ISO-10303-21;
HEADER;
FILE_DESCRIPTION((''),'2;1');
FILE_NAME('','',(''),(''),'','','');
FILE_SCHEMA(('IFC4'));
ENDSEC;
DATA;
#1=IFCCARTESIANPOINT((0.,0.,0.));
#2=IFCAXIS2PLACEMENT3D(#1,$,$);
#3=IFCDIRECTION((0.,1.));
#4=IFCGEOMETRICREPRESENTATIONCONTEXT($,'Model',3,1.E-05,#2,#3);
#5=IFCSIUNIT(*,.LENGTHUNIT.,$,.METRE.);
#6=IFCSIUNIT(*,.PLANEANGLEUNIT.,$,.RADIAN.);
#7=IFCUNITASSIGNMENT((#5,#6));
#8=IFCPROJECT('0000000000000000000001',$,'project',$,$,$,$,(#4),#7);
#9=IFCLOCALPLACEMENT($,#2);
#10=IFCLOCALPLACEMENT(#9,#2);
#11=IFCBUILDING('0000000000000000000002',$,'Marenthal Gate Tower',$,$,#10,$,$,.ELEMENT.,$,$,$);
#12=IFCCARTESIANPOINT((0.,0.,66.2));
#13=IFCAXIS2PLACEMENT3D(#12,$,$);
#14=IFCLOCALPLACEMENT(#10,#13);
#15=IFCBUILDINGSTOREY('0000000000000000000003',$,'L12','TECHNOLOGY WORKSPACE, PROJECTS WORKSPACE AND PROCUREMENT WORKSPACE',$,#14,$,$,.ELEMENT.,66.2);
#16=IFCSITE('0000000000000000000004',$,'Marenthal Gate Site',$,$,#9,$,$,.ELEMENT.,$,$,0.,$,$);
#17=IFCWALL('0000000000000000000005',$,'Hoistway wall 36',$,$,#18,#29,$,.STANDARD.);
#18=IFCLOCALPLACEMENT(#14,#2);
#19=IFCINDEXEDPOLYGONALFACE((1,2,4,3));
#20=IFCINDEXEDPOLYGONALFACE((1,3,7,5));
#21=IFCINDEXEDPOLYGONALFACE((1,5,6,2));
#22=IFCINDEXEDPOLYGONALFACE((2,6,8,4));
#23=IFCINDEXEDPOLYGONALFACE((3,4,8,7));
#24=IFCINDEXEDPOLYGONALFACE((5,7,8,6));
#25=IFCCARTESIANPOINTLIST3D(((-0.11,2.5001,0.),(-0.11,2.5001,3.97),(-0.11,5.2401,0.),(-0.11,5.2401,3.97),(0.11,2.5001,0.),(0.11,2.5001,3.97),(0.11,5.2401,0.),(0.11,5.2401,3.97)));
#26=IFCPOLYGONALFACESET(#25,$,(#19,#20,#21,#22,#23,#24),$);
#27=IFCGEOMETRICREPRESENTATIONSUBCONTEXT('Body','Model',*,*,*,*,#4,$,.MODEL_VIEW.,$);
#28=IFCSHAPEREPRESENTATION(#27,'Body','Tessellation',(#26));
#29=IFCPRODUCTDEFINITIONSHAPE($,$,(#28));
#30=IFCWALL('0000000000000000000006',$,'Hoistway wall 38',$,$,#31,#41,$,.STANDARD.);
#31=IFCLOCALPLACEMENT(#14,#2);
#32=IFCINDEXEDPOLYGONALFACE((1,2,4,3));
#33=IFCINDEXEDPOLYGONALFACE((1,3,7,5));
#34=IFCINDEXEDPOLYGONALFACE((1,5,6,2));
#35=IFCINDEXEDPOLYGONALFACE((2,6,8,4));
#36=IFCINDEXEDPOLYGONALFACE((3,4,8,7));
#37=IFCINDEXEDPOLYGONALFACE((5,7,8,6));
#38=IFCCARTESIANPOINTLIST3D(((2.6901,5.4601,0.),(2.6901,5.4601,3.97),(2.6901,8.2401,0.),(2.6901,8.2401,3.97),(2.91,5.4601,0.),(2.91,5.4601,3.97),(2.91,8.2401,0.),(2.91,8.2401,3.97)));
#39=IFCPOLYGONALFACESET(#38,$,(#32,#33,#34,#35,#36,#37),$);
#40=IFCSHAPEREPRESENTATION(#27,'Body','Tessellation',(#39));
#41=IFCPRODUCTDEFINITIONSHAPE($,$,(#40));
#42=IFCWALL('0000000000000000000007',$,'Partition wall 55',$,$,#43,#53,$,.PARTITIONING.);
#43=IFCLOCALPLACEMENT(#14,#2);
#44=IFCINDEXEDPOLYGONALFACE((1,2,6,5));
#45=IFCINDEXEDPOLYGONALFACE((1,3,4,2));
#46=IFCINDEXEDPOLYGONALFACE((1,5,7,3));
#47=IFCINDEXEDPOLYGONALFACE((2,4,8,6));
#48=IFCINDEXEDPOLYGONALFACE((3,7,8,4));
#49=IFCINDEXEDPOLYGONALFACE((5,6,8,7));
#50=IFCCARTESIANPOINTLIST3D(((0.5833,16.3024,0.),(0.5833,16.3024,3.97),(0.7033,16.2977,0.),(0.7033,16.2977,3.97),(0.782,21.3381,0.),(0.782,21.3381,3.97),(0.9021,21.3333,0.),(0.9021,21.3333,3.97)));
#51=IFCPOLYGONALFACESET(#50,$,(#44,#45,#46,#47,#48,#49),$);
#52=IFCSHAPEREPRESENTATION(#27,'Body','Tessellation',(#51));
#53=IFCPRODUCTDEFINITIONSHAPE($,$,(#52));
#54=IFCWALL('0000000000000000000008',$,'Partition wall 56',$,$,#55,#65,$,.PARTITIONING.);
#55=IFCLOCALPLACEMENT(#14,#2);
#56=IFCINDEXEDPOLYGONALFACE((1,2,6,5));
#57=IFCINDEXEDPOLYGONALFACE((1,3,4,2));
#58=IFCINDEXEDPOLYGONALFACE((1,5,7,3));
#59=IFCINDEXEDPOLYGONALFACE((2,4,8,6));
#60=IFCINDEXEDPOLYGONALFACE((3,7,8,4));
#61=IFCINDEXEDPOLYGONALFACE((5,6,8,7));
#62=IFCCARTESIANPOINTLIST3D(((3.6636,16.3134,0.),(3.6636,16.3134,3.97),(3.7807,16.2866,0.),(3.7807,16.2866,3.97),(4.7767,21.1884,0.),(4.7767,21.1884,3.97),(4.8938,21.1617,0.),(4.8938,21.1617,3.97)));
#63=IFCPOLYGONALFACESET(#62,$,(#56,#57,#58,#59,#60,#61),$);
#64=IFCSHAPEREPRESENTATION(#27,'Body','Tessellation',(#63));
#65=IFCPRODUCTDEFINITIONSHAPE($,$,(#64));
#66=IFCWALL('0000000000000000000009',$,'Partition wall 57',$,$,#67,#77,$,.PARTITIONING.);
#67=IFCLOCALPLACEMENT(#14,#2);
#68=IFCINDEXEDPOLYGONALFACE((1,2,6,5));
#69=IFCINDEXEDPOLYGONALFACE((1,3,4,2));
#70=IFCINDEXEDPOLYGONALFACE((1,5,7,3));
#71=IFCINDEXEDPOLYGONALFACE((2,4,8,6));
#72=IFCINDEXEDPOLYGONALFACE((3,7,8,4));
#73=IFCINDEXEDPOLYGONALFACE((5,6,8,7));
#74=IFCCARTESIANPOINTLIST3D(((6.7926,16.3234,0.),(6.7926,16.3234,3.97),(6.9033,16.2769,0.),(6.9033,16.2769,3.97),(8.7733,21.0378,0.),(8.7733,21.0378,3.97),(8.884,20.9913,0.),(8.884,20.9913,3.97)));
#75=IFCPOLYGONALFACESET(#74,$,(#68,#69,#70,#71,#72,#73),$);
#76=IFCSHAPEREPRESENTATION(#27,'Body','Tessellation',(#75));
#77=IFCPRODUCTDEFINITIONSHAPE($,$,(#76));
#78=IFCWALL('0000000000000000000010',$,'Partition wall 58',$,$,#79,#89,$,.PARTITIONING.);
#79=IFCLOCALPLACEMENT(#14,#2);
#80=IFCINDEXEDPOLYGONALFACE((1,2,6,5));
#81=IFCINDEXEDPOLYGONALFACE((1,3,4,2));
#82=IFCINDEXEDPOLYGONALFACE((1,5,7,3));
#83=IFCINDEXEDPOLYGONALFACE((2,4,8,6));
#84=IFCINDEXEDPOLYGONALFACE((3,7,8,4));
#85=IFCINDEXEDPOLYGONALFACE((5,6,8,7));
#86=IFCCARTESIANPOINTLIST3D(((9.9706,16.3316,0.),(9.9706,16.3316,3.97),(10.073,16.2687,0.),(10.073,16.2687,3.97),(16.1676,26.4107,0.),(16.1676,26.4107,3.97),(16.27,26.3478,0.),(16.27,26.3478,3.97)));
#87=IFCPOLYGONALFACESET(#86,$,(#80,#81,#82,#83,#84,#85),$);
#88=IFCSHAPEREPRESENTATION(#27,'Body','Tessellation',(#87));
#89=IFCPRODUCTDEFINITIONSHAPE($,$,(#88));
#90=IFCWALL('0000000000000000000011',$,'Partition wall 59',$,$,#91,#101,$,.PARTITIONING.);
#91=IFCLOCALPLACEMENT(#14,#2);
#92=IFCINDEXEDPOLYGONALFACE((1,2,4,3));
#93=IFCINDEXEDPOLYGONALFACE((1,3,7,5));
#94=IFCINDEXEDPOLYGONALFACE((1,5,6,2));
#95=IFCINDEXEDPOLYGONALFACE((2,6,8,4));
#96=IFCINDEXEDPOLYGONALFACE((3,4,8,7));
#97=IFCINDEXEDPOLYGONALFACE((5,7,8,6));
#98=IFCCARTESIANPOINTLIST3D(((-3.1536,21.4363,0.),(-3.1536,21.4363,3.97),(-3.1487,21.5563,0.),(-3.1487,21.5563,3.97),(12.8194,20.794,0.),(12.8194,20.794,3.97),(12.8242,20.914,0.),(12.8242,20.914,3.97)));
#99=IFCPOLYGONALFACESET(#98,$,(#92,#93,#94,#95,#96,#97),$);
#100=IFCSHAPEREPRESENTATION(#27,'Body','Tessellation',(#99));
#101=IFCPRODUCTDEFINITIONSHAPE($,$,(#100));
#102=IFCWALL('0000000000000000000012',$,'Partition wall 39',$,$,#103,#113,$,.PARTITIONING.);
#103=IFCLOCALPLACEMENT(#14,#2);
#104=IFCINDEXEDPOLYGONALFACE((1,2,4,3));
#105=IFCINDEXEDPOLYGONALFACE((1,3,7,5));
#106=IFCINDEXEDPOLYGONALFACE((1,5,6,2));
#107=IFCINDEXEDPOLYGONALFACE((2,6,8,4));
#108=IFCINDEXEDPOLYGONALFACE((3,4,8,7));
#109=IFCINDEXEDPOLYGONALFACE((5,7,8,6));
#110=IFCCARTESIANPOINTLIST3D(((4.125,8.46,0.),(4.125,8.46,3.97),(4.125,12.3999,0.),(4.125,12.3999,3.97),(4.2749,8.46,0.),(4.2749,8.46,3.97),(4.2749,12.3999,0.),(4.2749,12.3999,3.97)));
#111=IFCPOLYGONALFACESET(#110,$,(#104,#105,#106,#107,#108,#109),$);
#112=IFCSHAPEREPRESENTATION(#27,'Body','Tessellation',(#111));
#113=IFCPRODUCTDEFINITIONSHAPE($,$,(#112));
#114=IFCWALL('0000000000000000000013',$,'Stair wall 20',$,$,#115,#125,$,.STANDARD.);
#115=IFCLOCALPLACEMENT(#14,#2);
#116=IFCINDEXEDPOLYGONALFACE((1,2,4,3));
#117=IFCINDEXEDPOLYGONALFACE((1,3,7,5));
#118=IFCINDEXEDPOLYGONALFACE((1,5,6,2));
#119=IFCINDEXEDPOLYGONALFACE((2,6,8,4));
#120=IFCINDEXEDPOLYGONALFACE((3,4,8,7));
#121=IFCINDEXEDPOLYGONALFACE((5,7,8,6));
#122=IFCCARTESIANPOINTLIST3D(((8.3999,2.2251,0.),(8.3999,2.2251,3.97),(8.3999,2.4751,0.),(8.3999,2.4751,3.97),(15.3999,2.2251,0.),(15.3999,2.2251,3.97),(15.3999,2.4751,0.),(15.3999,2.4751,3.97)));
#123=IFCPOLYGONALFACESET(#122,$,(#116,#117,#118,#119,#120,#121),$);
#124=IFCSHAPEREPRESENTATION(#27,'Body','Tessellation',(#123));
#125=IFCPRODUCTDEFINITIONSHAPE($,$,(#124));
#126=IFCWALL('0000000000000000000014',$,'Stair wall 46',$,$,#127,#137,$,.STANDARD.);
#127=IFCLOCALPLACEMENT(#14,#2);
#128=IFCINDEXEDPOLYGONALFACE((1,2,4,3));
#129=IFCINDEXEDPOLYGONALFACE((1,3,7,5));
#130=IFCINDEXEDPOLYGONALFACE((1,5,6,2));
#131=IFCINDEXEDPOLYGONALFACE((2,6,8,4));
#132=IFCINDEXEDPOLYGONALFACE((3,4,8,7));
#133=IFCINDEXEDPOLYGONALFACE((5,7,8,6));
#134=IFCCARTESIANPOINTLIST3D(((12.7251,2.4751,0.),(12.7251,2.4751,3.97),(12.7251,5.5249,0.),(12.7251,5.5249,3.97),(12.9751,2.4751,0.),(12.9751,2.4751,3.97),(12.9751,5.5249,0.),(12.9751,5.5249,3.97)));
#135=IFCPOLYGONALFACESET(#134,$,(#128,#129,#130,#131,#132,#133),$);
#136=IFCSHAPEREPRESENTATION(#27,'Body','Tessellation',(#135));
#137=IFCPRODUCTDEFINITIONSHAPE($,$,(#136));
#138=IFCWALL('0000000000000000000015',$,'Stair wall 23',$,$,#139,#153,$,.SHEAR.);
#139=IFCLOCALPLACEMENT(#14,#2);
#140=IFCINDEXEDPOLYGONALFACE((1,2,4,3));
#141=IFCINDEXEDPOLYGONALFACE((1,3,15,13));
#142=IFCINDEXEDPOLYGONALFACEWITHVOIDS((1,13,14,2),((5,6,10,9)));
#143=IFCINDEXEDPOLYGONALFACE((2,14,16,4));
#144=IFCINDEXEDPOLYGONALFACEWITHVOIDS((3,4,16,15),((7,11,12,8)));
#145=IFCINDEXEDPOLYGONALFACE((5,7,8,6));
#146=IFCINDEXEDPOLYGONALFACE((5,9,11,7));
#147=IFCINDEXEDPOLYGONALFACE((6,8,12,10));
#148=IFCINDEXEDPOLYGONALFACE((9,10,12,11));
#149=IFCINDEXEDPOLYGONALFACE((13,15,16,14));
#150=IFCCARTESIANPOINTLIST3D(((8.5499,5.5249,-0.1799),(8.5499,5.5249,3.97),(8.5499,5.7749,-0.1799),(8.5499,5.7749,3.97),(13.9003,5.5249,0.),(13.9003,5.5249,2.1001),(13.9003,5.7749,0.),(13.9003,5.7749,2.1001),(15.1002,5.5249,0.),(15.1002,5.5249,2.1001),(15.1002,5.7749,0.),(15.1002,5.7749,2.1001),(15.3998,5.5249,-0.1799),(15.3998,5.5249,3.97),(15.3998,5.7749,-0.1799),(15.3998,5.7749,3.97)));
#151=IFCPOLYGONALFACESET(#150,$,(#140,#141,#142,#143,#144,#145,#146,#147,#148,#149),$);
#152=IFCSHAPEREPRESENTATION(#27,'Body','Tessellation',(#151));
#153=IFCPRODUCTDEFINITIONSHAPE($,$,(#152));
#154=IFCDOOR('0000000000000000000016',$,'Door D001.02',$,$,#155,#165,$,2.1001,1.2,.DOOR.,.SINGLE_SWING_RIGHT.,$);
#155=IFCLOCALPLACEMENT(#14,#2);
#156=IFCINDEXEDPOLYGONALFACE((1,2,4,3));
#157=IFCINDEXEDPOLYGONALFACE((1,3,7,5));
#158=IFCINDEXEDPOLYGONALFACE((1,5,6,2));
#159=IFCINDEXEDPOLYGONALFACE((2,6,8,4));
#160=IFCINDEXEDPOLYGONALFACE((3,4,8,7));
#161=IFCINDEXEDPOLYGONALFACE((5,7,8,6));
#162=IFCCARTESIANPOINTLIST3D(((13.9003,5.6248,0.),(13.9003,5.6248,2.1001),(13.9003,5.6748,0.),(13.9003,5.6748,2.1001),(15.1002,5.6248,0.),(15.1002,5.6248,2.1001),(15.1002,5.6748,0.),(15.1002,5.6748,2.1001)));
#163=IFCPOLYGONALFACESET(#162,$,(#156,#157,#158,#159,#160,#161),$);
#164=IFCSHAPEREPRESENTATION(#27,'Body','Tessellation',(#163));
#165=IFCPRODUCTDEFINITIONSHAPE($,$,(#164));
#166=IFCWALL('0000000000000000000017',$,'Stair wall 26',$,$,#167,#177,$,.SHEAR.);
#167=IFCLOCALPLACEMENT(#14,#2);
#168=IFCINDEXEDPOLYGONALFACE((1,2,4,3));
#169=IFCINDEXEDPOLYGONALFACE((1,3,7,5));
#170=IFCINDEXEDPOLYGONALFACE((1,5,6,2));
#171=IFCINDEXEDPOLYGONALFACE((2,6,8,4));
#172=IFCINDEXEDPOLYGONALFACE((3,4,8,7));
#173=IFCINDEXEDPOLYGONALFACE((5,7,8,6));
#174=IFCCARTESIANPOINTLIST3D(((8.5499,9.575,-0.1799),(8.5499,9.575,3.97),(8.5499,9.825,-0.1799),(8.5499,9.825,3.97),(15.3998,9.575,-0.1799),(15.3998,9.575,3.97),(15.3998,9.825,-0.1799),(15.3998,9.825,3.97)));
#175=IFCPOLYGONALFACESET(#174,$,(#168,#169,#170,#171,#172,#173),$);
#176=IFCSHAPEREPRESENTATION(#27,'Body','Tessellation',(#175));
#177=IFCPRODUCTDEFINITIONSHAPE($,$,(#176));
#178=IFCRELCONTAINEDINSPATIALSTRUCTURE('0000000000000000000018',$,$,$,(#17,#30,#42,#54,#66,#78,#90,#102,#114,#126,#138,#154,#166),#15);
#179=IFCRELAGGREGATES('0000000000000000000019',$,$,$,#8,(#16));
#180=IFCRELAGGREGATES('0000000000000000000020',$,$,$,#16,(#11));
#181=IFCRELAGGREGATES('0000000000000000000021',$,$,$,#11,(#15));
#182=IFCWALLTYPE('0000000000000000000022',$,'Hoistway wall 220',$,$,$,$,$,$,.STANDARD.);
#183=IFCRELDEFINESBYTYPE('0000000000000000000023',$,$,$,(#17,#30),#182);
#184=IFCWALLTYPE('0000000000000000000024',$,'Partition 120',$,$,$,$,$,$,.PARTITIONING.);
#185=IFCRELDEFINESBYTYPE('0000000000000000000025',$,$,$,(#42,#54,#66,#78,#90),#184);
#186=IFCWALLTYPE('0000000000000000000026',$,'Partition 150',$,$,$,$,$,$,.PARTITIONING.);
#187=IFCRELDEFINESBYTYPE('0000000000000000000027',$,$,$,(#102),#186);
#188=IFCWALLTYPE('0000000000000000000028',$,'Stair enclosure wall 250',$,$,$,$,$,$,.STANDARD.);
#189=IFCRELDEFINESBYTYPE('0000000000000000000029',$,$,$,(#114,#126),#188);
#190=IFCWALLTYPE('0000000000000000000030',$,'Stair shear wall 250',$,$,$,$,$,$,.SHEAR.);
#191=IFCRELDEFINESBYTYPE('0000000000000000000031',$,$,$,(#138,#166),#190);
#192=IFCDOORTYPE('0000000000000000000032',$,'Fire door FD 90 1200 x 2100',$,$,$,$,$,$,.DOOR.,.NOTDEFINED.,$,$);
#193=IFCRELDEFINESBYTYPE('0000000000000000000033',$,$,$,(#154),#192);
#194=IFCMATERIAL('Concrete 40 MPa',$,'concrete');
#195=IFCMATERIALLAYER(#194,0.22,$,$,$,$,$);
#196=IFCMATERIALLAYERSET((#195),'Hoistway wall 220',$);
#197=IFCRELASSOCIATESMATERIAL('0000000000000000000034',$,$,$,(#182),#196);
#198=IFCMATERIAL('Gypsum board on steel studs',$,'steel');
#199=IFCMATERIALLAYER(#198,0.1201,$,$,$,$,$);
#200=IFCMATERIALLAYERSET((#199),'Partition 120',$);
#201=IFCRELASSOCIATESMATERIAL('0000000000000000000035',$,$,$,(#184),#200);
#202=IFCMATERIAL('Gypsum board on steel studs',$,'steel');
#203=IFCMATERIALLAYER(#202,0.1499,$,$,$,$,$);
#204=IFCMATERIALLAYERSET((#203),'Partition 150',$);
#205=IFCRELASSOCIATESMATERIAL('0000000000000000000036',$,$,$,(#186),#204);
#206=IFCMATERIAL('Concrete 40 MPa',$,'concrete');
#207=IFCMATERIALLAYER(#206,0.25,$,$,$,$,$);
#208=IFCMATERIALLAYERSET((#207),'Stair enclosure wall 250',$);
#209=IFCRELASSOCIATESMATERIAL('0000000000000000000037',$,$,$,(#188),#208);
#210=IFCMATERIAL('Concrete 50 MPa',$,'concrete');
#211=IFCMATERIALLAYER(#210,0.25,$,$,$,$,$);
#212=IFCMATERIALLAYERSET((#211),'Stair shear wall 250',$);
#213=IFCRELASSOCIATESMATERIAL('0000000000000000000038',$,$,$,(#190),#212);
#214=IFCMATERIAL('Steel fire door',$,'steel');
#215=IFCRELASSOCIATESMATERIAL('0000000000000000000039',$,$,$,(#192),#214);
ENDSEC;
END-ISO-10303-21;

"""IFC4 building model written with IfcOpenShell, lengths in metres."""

from ifc_helpers import new_model, si_unit, direction, frame, frame_2d, origin, place, context, subcontext, project, spatial, rectangle, extrude, material, layer, layer_set, type_object, element, fill, save


model = new_model("IFC4")

# Units and contexts
model_context = context("Model", 3, precision=1e-05, world=origin(), true_north=direction((0.0, 1.0)))
body_context = subcontext(model_context, "Body", "Model", "MODEL_VIEW")
ifc_project = project(units=[si_unit("LENGTHUNIT", "METRE"), si_unit("PLANEANGLEUNIT", "RADIAN")], contexts=[model_context])

# Site, building, storey
site_placement = place(None, origin())
site = spatial("IfcSite", under=ifc_project, at=site_placement, Name="Marenthal Gate Site", CompositionType="ELEMENT", RefElevation=0.0)
building_placement = place(site_placement, origin())
building = spatial("IfcBuilding", under=site, at=building_placement, Name="Marenthal Gate Tower", CompositionType="ELEMENT")
storey_placement = place(building_placement, frame((0.0, 0.0, 66.2)))
storey = spatial("IfcBuildingStorey", under=building, at=storey_placement, Name="L12", Description="TECHNOLOGY WORKSPACE, PROJECTS WORKSPACE AND PROCUREMENT WORKSPACE", CompositionType="ELEMENT", Elevation=66.2)

# Walls
ifc_material_1 = material(Name="Concrete 40 MPa", Category="concrete")
ifc_layer_1 = layer(ifc_material_1, 0.22)
ifc_layer_set_1 = layer_set([ifc_layer_1], Name="Hoistway wall 220")
wall_type_1 = type_object("IfcWallType", Name="Hoistway wall 220", PredefinedType="STANDARD", material=ifc_layer_set_1)
wall_1_placement = place(storey_placement, frame((0.0, 2.5, 0.0), z_axis=(0.0, 0.0, 1.0), x_axis=(0.0, 1.0, 0.0)))
element("IfcWall", 1, at=wall_1_placement, inside=storey, type_object=wall_type_1, Name="Hoistway wall 36", PredefinedType="STANDARD", context=body_context, shape_type="SweptSolid", body=[
    extrude(rectangle(XDim=2.74, YDim=0.22, at=frame_2d((1.3701, 0.0))), origin(), (0.0, 0.0, 1.0), 3.97),
])
wall_2_placement = place(storey_placement, frame((2.8, 5.46, 0.0), z_axis=(0.0, 0.0, 1.0), x_axis=(0.0, 1.0, 0.0)))
element("IfcWall", 2, at=wall_2_placement, inside=storey, type_object=wall_type_1, Name="Hoistway wall 38", PredefinedType="STANDARD", context=body_context, shape_type="SweptSolid", body=[
    extrude(rectangle(XDim=2.78, YDim=0.22, at=frame_2d((1.3901, 0.0))), origin(), (0.0, 0.0, 1.0), 3.97),
])
ifc_material_2 = material(Name="Gypsum board on steel studs", Category="steel")
ifc_layer_2 = layer(ifc_material_2, 0.1201)
ifc_layer_set_2 = layer_set([ifc_layer_2], Name="Partition 120")
wall_type_2 = type_object("IfcWallType", Name="Partition 120", PredefinedType="PARTITIONING", material=ifc_layer_set_2)
wall_3_placement = place(storey_placement, frame((0.842, 21.3357, 0.0), z_axis=(0.0, 0.0, 1.0), x_axis=(-0.039434, -0.999222, 0.0)))
element("IfcWall", 3, at=wall_3_placement, inside=storey, type_object=wall_type_2, Name="Partition wall 55", PredefinedType="PARTITIONING", context=body_context, shape_type="SweptSolid", body=[
    extrude(rectangle(XDim=5.0396, YDim=0.1201, at=frame_2d((2.5198, 0.0))), origin(), (0.0, 0.0, 1.0), 3.97),
])
wall_4_placement = place(storey_placement, frame((4.8352, 21.175, 0.0), z_axis=(0.0, 0.0, 1.0), x_axis=(-0.222587, -0.974913, 0.0)))
element("IfcWall", 4, at=wall_4_placement, inside=storey, type_object=wall_type_2, Name="Partition wall 56", PredefinedType="PARTITIONING", context=body_context, shape_type="SweptSolid", body=[
    extrude(rectangle(XDim=5.0005, YDim=0.1201, at=frame_2d((2.5002, 0.0))), origin(), (0.0, 0.0, 1.0), 3.97),
])
wall_5_placement = place(storey_placement, frame((8.8286, 21.0144, 0.0), z_axis=(0.0, 0.0, 1.0), x_axis=(-0.387346, -0.921934, 0.0)))
element("IfcWall", 5, at=wall_5_placement, inside=storey, type_object=wall_type_2, Name="Partition wall 57", PredefinedType="PARTITIONING", context=body_context, shape_type="SweptSolid", body=[
    extrude(rectangle(XDim=5.1135, YDim=0.1201, at=frame_2d((2.5566, 0.0))), origin(), (0.0, 0.0, 1.0), 3.97),
])
wall_6_placement = place(storey_placement, frame((10.0217, 16.3, 0.0), z_axis=(0.0, 0.0, 1.0), x_axis=(0.52376, 0.851866, 0.0)))
element("IfcWall", 6, at=wall_6_placement, inside=storey, type_object=wall_type_2, Name="Partition wall 58", PredefinedType="PARTITIONING", context=body_context, shape_type="SweptSolid", body=[
    extrude(rectangle(XDim=11.8318, YDim=0.1201, at=frame_2d((5.916, 0.0))), origin(), (0.0, 0.0, 1.0), 3.97),
])
wall_7_placement = place(storey_placement, frame((12.8218, 20.854, 0.0), z_axis=(0.0, 0.0, 1.0), x_axis=(-0.999192, 0.040182, 0.0)))
element("IfcWall", 7, at=wall_7_placement, inside=storey, type_object=wall_type_2, Name="Partition wall 59", PredefinedType="PARTITIONING", context=body_context, shape_type="SweptSolid", body=[
    extrude(rectangle(XDim=15.9858, YDim=0.1201, at=frame_2d((7.9929, 0.0))), origin(), (0.0, 0.0, 1.0), 3.97),
])
ifc_material_3 = material(Name="Gypsum board on steel studs", Category="steel")
ifc_layer_3 = layer(ifc_material_3, 0.1499)
ifc_layer_set_3 = layer_set([ifc_layer_3], Name="Partition 150")
wall_type_3 = type_object("IfcWallType", Name="Partition 150", PredefinedType="PARTITIONING", material=ifc_layer_set_3)
wall_8_placement = place(storey_placement, frame((4.2, 8.46, 0.0), z_axis=(0.0, 0.0, 1.0), x_axis=(0.0, 1.0, 0.0)))
element("IfcWall", 8, at=wall_8_placement, inside=storey, type_object=wall_type_3, Name="Partition wall 39", PredefinedType="PARTITIONING", context=body_context, shape_type="SweptSolid", body=[
    extrude(rectangle(XDim=3.9399, YDim=0.1499, at=frame_2d((1.97, 0.0))), origin(), (0.0, 0.0, 1.0), 3.97),
])
ifc_material_4 = material(Name="Concrete 40 MPa", Category="concrete")
ifc_layer_4 = layer(ifc_material_4, 0.25)
ifc_layer_set_4 = layer_set([ifc_layer_4], Name="Stair enclosure wall 250")
wall_type_4 = type_object("IfcWallType", Name="Stair enclosure wall 250", PredefinedType="STANDARD", material=ifc_layer_set_4)
wall_9_placement = place(storey_placement, frame((8.3999, 2.3501, 0.0), z_axis=(0.0, 0.0, 1.0), x_axis=(1.0, 0.0, 0.0)))
element("IfcWall", 9, at=wall_9_placement, inside=storey, type_object=wall_type_4, Name="Stair wall 20", PredefinedType="STANDARD", context=body_context, shape_type="SweptSolid", body=[
    extrude(rectangle(XDim=7.0, YDim=0.25, at=frame_2d((3.5, 0.0))), origin(), (0.0, 0.0, 1.0), 3.97),
])
wall_10_placement = place(storey_placement, frame((12.8501, 2.4751, 0.0), z_axis=(0.0, 0.0, 1.0), x_axis=(0.0, 1.0, 0.0)))
element("IfcWall", 10, at=wall_10_placement, inside=storey, type_object=wall_type_4, Name="Stair wall 46", PredefinedType="STANDARD", context=body_context, shape_type="SweptSolid", body=[
    extrude(rectangle(XDim=3.0498, YDim=0.25, at=frame_2d((1.5249, 0.0))), origin(), (0.0, 0.0, 1.0), 3.97),
])

# Wall, opening, door
ifc_material_5 = material(Name="Concrete 50 MPa", Category="concrete")
ifc_layer_5 = layer(ifc_material_5, 0.25)
ifc_layer_set_5 = layer_set([ifc_layer_5], Name="Stair shear wall 250")
wall_type_5 = type_object("IfcWallType", Name="Stair shear wall 250", PredefinedType="SHEAR", material=ifc_layer_set_5)
wall_11_placement = place(storey_placement, frame((8.55, 5.6499, -0.1799), z_axis=(0.0, 0.0, 1.0), x_axis=(1.0, 0.0, 0.0)))
wall_11 = element("IfcWall", 11, at=wall_11_placement, inside=storey, type_object=wall_type_5, Name="Stair wall 23", PredefinedType="SHEAR", context=body_context, shape_type="SweptSolid", body=[
    extrude(rectangle(XDim=6.8499, YDim=0.25, at=frame_2d((3.4248, 0.0))), origin(), (0.0, 0.0, 1.0), 4.1499),
])
opening_1_placement = place(wall_11_placement, frame((5.3501, 0.0, 0.1799)))
opening_1 = element("IfcOpeningElement", 12, at=opening_1_placement, cuts=wall_11, PredefinedType="OPENING", context=body_context, shape_type="SweptSolid", body=[
    extrude(rectangle(XDim=1.2, YDim=2.1001, at=frame_2d((0.6001, 1.05))), frame((0.0, 0.135, 0.0), z_axis=(0.0, -1.0, 0.0), x_axis=(1.0, 0.0, 0.0)), (0.0, 0.0, 1.0), 0.27),
])
ifc_material_6 = material(Name="Steel fire door", Category="steel")
door_type_1 = type_object("IfcDoorType", Name="Fire door FD 90 1200 x 2100", OperationType="NOTDEFINED", PredefinedType="DOOR", material=ifc_material_6)
door_1_placement = place(opening_1_placement, origin())
door_1 = element("IfcDoor", 13, at=door_1_placement, inside=storey, type_object=door_type_1, Name="Door D001.02", OperationType="SINGLE_SWING_RIGHT", OverallHeight=2.1001, OverallWidth=1.2, PredefinedType="DOOR", context=body_context, shape_type="SweptSolid", body=[
    extrude(rectangle(XDim=1.2, YDim=2.1001, at=frame_2d((0.6001, 1.05))), frame((0.0, 0.0249, 0.0), z_axis=(0.0, -1.0, 0.0), x_axis=(1.0, 0.0, 0.0)), (0.0, 0.0, 1.0), 0.05),
])
fill(opening_1, door_1)

# Wall
wall_12_placement = place(storey_placement, frame((8.55, 9.7, -0.1799), z_axis=(0.0, 0.0, 1.0), x_axis=(1.0, 0.0, 0.0)))
element("IfcWall", 14, at=wall_12_placement, inside=storey, type_object=wall_type_5, Name="Stair wall 26", PredefinedType="SHEAR", context=body_context, shape_type="SweptSolid", body=[
    extrude(rectangle(XDim=6.8499, YDim=0.25, at=frame_2d((3.4248, 0.0))), origin(), (0.0, 0.0, 1.0), 4.1499),
])

save(model, "model.ifc")
